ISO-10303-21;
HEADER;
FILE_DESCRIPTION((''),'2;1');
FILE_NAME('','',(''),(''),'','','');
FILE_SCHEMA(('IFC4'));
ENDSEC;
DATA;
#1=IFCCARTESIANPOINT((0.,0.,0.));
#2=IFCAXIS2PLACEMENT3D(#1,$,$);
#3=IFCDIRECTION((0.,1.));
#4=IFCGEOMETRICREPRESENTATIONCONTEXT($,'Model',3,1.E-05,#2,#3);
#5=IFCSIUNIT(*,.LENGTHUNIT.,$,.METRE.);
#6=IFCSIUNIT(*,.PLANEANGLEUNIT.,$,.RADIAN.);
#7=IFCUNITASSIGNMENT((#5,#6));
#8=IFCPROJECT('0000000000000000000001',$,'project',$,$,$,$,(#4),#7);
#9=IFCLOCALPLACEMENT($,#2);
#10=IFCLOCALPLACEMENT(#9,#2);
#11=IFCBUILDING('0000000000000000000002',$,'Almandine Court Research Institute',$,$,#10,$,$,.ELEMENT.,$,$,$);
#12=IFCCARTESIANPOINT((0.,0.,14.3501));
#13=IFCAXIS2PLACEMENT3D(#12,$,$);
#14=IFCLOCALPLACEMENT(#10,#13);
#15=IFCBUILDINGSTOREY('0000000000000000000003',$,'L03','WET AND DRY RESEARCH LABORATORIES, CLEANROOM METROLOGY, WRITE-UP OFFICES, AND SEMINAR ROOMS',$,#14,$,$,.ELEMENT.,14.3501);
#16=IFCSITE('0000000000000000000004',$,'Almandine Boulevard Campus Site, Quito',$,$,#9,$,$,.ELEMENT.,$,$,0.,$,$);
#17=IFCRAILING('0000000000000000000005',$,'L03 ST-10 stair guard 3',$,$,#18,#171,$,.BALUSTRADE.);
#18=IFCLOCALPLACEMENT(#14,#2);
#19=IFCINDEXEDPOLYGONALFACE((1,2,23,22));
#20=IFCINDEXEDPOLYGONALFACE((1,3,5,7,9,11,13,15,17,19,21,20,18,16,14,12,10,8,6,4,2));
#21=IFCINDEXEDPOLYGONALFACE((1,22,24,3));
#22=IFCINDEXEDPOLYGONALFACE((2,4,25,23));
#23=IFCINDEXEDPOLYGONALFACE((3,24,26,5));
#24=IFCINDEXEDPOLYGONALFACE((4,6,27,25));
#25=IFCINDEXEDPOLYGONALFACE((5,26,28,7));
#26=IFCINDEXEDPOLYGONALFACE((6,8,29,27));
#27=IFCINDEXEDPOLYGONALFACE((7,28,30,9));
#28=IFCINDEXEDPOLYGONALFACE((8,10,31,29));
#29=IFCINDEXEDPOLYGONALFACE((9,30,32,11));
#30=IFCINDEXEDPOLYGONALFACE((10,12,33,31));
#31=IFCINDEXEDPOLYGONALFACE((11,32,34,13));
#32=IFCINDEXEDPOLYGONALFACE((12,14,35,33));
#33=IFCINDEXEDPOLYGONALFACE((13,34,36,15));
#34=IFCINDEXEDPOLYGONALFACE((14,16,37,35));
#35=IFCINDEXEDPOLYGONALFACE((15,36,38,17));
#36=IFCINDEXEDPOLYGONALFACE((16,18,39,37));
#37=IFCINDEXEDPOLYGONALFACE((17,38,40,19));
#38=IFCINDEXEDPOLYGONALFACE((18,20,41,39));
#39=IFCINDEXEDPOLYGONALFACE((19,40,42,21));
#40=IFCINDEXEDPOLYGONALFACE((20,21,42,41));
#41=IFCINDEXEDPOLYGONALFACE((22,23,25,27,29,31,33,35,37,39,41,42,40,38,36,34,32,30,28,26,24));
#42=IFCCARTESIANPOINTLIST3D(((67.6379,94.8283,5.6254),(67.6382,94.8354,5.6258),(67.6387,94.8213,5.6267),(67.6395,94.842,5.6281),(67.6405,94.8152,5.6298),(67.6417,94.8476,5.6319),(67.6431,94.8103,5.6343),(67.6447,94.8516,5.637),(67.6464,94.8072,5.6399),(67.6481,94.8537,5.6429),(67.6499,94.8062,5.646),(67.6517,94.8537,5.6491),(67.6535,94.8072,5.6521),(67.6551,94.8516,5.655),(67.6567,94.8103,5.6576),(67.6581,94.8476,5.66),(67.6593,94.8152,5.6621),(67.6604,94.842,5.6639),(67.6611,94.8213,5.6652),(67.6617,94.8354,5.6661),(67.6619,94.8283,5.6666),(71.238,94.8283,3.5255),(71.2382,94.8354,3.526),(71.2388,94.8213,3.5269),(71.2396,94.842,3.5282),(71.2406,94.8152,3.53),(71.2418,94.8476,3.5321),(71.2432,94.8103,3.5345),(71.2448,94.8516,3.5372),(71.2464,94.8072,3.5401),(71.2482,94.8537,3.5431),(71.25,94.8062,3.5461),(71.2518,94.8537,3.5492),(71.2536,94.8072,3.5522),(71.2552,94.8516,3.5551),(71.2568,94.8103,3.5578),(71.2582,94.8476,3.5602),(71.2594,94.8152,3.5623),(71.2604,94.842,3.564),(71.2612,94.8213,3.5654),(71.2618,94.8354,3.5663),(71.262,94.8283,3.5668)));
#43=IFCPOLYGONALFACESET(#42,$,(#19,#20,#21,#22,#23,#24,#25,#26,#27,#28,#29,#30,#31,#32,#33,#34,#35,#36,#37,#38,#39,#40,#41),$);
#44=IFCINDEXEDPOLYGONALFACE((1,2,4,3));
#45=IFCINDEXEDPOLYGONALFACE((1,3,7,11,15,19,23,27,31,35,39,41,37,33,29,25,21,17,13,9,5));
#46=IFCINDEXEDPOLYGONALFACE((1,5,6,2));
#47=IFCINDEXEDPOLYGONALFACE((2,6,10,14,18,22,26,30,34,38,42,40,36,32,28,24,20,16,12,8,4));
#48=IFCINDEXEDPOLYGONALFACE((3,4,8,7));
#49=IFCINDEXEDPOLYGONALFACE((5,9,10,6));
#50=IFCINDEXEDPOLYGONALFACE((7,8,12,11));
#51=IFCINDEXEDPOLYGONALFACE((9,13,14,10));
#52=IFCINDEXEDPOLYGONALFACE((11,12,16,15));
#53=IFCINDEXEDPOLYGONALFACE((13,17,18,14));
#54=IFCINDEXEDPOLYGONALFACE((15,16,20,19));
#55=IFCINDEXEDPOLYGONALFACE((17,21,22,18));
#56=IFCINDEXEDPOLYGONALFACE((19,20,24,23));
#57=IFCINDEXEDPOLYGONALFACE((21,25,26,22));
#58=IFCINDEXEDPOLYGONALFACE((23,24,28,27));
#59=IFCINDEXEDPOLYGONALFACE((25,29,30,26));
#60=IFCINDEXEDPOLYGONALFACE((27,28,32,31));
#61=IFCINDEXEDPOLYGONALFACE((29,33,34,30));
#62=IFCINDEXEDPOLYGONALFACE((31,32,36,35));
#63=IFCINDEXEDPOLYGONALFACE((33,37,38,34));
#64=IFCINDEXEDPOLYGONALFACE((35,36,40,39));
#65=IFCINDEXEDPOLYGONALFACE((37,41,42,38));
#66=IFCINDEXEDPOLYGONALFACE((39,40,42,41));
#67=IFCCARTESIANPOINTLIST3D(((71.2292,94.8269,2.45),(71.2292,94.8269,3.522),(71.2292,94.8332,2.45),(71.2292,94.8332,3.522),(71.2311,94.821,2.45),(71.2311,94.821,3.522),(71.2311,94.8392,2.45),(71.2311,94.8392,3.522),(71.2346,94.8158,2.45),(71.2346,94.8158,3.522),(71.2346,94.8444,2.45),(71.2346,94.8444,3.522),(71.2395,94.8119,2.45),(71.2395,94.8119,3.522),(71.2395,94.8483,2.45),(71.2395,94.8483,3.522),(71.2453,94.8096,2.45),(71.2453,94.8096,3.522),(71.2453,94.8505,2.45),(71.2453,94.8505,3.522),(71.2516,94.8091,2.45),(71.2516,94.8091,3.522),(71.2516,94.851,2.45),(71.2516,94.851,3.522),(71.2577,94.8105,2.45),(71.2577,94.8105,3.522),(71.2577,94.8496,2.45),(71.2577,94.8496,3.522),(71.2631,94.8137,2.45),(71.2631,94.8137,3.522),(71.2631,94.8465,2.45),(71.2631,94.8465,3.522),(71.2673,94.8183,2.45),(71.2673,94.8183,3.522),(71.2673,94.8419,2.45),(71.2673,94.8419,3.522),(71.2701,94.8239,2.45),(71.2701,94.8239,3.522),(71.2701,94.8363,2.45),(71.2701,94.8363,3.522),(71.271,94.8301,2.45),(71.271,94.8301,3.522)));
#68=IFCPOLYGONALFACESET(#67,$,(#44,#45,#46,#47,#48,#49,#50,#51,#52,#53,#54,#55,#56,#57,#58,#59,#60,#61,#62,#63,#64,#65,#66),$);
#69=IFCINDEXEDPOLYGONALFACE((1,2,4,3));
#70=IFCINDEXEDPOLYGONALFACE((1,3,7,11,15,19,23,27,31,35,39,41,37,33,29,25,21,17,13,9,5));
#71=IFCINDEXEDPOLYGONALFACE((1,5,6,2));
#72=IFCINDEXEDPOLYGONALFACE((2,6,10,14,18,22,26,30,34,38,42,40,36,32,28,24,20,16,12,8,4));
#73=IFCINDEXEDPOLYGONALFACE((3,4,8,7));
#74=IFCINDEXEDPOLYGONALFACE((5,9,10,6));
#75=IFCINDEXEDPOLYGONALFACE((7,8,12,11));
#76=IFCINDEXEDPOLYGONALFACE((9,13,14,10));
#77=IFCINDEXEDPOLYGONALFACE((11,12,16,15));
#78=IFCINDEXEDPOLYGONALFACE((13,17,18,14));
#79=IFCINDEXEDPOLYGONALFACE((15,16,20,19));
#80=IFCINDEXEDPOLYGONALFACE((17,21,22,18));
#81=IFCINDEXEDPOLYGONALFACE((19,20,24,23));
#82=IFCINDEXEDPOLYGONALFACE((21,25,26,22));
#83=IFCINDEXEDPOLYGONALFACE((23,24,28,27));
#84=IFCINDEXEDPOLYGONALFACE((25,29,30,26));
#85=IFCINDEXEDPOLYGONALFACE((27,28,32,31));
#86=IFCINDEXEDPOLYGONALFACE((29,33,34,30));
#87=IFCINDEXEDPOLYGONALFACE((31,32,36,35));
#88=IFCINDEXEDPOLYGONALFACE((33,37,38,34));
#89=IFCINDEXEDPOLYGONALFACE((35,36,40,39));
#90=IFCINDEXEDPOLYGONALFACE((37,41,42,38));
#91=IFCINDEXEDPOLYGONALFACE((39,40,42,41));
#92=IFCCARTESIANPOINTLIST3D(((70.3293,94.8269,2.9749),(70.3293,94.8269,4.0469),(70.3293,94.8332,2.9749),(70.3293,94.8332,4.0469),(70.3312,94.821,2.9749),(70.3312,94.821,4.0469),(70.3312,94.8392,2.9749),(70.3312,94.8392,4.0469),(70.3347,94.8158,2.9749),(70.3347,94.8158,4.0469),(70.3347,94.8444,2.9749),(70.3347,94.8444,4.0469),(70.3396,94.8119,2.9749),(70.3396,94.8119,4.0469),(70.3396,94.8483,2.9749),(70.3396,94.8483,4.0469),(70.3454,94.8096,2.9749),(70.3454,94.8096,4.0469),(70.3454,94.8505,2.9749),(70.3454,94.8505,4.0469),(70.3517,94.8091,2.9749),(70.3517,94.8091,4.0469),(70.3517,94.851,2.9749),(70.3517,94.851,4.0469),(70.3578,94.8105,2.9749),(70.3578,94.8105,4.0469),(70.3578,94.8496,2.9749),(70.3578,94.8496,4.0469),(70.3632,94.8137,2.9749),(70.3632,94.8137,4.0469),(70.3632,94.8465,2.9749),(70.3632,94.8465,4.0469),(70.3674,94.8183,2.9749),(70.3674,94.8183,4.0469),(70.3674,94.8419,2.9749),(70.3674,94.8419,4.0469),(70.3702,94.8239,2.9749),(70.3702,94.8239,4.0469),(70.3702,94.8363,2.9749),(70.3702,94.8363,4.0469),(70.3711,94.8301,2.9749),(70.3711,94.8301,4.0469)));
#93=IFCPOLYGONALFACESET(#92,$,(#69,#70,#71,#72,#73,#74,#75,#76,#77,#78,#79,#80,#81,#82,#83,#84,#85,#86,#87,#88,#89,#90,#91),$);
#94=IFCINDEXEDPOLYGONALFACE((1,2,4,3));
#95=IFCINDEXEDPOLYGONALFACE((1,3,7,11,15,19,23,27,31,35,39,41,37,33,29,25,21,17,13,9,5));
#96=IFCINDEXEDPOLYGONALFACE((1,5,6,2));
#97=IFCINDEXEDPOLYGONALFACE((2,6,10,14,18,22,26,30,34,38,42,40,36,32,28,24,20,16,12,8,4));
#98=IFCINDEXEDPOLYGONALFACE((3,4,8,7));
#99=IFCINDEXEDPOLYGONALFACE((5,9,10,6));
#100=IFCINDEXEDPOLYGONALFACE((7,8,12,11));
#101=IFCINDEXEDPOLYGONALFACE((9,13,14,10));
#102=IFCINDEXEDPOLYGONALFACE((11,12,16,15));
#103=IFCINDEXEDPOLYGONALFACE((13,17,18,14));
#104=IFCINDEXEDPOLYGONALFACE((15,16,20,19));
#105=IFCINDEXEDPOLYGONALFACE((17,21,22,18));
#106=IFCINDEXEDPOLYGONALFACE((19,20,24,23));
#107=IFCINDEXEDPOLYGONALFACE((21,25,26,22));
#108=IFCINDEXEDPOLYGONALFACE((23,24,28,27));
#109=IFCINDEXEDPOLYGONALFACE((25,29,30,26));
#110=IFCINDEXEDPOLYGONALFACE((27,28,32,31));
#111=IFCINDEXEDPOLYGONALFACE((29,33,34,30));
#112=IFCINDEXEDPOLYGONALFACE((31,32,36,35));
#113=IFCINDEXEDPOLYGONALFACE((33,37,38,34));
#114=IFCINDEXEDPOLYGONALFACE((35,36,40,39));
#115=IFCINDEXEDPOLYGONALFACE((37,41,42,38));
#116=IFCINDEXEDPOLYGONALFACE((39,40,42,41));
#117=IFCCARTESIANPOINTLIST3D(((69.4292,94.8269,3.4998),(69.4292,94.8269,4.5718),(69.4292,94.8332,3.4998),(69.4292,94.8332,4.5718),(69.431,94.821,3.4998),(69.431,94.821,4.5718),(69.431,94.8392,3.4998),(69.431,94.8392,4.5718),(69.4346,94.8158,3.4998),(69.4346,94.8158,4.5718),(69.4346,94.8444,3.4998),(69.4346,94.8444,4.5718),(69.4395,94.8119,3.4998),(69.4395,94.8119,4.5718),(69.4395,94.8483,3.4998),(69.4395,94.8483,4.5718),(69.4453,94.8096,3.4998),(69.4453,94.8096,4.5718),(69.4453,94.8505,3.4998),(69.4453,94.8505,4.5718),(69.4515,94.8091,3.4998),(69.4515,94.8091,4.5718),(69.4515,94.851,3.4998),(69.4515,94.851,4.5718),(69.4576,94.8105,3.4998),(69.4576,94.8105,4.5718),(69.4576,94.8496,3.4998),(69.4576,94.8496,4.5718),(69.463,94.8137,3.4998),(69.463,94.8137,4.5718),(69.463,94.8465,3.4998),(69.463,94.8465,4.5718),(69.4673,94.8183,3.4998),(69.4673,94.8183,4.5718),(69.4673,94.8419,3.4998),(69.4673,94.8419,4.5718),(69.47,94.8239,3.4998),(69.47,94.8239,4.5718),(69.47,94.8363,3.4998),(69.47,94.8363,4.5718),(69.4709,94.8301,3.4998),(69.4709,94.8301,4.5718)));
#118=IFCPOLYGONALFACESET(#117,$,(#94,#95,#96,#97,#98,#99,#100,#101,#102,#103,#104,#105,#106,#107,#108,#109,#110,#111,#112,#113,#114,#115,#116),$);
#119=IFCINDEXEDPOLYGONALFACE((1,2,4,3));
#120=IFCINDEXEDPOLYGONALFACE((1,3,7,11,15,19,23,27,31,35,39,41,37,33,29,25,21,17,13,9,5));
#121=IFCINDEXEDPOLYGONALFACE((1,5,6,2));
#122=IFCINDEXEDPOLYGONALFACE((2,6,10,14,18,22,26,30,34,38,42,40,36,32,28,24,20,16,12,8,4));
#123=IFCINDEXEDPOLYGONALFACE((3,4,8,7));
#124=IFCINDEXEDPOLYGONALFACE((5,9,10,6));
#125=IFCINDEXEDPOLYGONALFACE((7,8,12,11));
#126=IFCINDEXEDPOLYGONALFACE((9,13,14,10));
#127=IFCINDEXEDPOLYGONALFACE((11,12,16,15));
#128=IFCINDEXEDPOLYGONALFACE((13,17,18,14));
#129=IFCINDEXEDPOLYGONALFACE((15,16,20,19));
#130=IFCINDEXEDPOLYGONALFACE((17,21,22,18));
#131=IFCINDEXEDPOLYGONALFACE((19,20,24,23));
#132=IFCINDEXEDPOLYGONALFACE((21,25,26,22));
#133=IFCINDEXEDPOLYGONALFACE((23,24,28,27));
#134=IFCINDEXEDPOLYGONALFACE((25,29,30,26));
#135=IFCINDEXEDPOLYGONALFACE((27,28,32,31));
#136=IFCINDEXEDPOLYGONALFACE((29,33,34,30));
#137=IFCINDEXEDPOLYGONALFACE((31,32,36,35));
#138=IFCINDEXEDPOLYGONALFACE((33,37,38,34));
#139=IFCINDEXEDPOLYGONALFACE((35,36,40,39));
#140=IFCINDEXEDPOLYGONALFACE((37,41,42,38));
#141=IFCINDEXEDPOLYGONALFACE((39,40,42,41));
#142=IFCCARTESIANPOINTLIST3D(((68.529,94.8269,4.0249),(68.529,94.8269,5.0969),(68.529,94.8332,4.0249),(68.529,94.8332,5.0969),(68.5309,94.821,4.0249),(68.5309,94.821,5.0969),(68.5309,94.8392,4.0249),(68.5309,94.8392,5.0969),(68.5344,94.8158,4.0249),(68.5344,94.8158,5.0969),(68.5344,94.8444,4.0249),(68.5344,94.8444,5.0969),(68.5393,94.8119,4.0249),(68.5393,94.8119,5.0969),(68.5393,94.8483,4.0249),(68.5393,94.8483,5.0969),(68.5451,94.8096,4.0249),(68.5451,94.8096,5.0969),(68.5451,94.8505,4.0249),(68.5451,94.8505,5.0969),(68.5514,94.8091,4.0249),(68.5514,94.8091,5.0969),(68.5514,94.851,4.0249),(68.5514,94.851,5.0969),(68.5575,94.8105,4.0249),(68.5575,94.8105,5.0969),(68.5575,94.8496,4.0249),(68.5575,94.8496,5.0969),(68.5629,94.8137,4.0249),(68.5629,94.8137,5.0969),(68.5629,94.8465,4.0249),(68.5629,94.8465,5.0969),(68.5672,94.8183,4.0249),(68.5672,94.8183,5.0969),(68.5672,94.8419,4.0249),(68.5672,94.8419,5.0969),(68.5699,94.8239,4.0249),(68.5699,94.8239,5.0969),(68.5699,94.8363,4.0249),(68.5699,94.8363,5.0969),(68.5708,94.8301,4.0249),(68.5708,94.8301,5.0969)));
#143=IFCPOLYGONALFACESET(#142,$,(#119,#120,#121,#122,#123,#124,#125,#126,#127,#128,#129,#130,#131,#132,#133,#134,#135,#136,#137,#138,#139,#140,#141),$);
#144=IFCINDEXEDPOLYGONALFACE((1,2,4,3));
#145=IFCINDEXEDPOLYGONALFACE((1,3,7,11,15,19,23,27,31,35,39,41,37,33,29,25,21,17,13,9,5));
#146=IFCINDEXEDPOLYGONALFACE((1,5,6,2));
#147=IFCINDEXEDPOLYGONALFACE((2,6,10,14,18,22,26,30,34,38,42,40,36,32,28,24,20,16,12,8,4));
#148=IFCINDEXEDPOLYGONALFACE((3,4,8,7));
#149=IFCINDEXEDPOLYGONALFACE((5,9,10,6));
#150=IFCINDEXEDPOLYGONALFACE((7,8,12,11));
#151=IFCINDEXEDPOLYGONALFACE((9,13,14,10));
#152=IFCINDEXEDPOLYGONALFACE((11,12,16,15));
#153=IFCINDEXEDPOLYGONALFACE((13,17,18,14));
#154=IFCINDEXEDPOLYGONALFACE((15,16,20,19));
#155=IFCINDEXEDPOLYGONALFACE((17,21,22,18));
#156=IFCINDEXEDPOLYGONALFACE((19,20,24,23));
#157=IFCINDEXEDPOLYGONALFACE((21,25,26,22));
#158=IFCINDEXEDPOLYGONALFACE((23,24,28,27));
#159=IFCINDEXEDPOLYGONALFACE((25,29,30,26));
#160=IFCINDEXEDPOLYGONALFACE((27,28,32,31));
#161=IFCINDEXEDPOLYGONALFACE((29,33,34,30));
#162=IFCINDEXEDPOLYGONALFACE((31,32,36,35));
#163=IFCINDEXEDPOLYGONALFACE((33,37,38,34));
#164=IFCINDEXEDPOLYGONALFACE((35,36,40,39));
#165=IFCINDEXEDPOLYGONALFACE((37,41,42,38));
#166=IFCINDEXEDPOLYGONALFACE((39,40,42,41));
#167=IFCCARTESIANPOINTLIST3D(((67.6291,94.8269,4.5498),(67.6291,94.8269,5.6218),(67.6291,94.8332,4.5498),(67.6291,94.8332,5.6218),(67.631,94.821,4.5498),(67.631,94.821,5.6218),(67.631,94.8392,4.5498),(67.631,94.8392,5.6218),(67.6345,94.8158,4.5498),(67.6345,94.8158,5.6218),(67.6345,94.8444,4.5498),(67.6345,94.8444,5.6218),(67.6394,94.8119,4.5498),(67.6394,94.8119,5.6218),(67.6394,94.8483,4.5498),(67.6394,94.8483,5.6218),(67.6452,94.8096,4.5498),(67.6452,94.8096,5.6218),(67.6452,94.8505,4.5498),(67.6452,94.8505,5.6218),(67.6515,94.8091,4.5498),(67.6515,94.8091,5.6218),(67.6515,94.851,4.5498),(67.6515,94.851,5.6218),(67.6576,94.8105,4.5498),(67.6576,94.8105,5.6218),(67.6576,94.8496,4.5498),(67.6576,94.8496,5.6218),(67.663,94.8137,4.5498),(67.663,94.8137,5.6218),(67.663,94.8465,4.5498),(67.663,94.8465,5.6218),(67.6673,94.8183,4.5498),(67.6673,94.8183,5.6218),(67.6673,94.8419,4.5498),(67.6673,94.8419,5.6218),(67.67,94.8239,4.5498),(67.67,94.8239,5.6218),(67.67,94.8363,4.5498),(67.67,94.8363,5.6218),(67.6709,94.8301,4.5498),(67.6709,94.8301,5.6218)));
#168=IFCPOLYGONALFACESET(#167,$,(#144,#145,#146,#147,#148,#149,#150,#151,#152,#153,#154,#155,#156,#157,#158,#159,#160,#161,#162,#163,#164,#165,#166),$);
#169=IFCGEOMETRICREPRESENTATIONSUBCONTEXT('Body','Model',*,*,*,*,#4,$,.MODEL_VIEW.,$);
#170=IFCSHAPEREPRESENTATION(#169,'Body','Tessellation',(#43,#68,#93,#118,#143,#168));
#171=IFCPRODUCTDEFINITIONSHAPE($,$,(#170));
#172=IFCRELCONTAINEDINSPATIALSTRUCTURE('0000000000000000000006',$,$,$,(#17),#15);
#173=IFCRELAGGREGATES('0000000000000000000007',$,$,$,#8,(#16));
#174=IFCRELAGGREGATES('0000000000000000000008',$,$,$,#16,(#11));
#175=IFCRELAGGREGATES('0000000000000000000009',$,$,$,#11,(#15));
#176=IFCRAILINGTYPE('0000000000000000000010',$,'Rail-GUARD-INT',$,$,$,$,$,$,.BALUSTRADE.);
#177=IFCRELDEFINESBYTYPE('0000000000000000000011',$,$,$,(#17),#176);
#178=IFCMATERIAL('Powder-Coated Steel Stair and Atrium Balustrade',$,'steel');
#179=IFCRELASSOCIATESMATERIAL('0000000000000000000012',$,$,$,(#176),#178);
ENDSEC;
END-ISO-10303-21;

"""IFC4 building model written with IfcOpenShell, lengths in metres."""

from ifc_helpers import new_model, si_unit, direction, frame, origin, origin_2d, place, context, subcontext, project, spatial, circle, extrude, material, type_object, element, save


model = new_model("IFC4")

# Units and contexts
model_context = context("Model", 3, precision=1e-05, world=origin(), true_north=direction((0.0, 1.0)))
body_context = subcontext(model_context, "Body", "Model", "MODEL_VIEW")
ifc_project = project(units=[si_unit("LENGTHUNIT", "METRE"), si_unit("PLANEANGLEUNIT", "RADIAN")], contexts=[model_context])

# Site, building, storey
site_placement = place(None, origin())
site = spatial("IfcSite", under=ifc_project, at=site_placement, Name="Almandine Boulevard Campus Site, Quito", CompositionType="ELEMENT", RefElevation=0.0)
building_placement = place(site_placement, origin())
building = spatial("IfcBuilding", under=site, at=building_placement, Name="Almandine Court Research Institute", CompositionType="ELEMENT")
storey_placement = place(building_placement, frame((0.0, 0.0, 14.3501)))
storey = spatial("IfcBuildingStorey", under=building, at=storey_placement, Name="L03", Description="WET AND DRY RESEARCH LABORATORIES, CLEANROOM METROLOGY, WRITE-UP OFFICES, AND SEMINAR ROOMS", CompositionType="ELEMENT", Elevation=14.3501)

# Railing
ifc_material_1 = material(Name="Powder-Coated Steel Stair and Atrium Balustrade", Category="steel")
railing_type_1 = type_object("IfcRailingType", Name="Rail-GUARD-INT", PredefinedType="BALUSTRADE", material=ifc_material_1)
railing_1_placement = place(storey_placement, frame((71.25, 94.8301, 2.45)))
element("IfcRailing", 1, at=railing_1_placement, inside=storey, type_object=railing_type_1, Name="L03 ST-10 stair guard 3", PredefinedType="BALUSTRADE", context=body_context, shape_type="SweptSolid", body=[
    extrude(circle(Radius=0.0239, at=origin_2d()), frame((0.0, 0.0, 1.0962), z_axis=(-0.8638, 0.0, 0.503835), x_axis=(0.0, -1.0, 0.0)), (0.0, 0.0, 1.0), 4.1677),
    extrude(circle(Radius=0.021, at=origin_2d()), origin(), (0.0, 0.0, 1.0), 1.072),
    extrude(circle(Radius=0.021, at=origin_2d()), frame((-0.8999, 0.0, 0.5249)), (0.0, 0.0, 1.0), 1.072),
    extrude(circle(Radius=0.021, at=origin_2d()), frame((-1.8, 0.0, 1.0498)), (0.0, 0.0, 1.0), 1.072),
    extrude(circle(Radius=0.021, at=origin_2d()), frame((-2.7002, 0.0, 1.575)), (0.0, 0.0, 1.0), 1.072),
    extrude(circle(Radius=0.021, at=origin_2d()), frame((-3.6001, 0.0, 2.0999)), (0.0, 0.0, 1.0), 1.072),
])

save(model, "model.ifc")
